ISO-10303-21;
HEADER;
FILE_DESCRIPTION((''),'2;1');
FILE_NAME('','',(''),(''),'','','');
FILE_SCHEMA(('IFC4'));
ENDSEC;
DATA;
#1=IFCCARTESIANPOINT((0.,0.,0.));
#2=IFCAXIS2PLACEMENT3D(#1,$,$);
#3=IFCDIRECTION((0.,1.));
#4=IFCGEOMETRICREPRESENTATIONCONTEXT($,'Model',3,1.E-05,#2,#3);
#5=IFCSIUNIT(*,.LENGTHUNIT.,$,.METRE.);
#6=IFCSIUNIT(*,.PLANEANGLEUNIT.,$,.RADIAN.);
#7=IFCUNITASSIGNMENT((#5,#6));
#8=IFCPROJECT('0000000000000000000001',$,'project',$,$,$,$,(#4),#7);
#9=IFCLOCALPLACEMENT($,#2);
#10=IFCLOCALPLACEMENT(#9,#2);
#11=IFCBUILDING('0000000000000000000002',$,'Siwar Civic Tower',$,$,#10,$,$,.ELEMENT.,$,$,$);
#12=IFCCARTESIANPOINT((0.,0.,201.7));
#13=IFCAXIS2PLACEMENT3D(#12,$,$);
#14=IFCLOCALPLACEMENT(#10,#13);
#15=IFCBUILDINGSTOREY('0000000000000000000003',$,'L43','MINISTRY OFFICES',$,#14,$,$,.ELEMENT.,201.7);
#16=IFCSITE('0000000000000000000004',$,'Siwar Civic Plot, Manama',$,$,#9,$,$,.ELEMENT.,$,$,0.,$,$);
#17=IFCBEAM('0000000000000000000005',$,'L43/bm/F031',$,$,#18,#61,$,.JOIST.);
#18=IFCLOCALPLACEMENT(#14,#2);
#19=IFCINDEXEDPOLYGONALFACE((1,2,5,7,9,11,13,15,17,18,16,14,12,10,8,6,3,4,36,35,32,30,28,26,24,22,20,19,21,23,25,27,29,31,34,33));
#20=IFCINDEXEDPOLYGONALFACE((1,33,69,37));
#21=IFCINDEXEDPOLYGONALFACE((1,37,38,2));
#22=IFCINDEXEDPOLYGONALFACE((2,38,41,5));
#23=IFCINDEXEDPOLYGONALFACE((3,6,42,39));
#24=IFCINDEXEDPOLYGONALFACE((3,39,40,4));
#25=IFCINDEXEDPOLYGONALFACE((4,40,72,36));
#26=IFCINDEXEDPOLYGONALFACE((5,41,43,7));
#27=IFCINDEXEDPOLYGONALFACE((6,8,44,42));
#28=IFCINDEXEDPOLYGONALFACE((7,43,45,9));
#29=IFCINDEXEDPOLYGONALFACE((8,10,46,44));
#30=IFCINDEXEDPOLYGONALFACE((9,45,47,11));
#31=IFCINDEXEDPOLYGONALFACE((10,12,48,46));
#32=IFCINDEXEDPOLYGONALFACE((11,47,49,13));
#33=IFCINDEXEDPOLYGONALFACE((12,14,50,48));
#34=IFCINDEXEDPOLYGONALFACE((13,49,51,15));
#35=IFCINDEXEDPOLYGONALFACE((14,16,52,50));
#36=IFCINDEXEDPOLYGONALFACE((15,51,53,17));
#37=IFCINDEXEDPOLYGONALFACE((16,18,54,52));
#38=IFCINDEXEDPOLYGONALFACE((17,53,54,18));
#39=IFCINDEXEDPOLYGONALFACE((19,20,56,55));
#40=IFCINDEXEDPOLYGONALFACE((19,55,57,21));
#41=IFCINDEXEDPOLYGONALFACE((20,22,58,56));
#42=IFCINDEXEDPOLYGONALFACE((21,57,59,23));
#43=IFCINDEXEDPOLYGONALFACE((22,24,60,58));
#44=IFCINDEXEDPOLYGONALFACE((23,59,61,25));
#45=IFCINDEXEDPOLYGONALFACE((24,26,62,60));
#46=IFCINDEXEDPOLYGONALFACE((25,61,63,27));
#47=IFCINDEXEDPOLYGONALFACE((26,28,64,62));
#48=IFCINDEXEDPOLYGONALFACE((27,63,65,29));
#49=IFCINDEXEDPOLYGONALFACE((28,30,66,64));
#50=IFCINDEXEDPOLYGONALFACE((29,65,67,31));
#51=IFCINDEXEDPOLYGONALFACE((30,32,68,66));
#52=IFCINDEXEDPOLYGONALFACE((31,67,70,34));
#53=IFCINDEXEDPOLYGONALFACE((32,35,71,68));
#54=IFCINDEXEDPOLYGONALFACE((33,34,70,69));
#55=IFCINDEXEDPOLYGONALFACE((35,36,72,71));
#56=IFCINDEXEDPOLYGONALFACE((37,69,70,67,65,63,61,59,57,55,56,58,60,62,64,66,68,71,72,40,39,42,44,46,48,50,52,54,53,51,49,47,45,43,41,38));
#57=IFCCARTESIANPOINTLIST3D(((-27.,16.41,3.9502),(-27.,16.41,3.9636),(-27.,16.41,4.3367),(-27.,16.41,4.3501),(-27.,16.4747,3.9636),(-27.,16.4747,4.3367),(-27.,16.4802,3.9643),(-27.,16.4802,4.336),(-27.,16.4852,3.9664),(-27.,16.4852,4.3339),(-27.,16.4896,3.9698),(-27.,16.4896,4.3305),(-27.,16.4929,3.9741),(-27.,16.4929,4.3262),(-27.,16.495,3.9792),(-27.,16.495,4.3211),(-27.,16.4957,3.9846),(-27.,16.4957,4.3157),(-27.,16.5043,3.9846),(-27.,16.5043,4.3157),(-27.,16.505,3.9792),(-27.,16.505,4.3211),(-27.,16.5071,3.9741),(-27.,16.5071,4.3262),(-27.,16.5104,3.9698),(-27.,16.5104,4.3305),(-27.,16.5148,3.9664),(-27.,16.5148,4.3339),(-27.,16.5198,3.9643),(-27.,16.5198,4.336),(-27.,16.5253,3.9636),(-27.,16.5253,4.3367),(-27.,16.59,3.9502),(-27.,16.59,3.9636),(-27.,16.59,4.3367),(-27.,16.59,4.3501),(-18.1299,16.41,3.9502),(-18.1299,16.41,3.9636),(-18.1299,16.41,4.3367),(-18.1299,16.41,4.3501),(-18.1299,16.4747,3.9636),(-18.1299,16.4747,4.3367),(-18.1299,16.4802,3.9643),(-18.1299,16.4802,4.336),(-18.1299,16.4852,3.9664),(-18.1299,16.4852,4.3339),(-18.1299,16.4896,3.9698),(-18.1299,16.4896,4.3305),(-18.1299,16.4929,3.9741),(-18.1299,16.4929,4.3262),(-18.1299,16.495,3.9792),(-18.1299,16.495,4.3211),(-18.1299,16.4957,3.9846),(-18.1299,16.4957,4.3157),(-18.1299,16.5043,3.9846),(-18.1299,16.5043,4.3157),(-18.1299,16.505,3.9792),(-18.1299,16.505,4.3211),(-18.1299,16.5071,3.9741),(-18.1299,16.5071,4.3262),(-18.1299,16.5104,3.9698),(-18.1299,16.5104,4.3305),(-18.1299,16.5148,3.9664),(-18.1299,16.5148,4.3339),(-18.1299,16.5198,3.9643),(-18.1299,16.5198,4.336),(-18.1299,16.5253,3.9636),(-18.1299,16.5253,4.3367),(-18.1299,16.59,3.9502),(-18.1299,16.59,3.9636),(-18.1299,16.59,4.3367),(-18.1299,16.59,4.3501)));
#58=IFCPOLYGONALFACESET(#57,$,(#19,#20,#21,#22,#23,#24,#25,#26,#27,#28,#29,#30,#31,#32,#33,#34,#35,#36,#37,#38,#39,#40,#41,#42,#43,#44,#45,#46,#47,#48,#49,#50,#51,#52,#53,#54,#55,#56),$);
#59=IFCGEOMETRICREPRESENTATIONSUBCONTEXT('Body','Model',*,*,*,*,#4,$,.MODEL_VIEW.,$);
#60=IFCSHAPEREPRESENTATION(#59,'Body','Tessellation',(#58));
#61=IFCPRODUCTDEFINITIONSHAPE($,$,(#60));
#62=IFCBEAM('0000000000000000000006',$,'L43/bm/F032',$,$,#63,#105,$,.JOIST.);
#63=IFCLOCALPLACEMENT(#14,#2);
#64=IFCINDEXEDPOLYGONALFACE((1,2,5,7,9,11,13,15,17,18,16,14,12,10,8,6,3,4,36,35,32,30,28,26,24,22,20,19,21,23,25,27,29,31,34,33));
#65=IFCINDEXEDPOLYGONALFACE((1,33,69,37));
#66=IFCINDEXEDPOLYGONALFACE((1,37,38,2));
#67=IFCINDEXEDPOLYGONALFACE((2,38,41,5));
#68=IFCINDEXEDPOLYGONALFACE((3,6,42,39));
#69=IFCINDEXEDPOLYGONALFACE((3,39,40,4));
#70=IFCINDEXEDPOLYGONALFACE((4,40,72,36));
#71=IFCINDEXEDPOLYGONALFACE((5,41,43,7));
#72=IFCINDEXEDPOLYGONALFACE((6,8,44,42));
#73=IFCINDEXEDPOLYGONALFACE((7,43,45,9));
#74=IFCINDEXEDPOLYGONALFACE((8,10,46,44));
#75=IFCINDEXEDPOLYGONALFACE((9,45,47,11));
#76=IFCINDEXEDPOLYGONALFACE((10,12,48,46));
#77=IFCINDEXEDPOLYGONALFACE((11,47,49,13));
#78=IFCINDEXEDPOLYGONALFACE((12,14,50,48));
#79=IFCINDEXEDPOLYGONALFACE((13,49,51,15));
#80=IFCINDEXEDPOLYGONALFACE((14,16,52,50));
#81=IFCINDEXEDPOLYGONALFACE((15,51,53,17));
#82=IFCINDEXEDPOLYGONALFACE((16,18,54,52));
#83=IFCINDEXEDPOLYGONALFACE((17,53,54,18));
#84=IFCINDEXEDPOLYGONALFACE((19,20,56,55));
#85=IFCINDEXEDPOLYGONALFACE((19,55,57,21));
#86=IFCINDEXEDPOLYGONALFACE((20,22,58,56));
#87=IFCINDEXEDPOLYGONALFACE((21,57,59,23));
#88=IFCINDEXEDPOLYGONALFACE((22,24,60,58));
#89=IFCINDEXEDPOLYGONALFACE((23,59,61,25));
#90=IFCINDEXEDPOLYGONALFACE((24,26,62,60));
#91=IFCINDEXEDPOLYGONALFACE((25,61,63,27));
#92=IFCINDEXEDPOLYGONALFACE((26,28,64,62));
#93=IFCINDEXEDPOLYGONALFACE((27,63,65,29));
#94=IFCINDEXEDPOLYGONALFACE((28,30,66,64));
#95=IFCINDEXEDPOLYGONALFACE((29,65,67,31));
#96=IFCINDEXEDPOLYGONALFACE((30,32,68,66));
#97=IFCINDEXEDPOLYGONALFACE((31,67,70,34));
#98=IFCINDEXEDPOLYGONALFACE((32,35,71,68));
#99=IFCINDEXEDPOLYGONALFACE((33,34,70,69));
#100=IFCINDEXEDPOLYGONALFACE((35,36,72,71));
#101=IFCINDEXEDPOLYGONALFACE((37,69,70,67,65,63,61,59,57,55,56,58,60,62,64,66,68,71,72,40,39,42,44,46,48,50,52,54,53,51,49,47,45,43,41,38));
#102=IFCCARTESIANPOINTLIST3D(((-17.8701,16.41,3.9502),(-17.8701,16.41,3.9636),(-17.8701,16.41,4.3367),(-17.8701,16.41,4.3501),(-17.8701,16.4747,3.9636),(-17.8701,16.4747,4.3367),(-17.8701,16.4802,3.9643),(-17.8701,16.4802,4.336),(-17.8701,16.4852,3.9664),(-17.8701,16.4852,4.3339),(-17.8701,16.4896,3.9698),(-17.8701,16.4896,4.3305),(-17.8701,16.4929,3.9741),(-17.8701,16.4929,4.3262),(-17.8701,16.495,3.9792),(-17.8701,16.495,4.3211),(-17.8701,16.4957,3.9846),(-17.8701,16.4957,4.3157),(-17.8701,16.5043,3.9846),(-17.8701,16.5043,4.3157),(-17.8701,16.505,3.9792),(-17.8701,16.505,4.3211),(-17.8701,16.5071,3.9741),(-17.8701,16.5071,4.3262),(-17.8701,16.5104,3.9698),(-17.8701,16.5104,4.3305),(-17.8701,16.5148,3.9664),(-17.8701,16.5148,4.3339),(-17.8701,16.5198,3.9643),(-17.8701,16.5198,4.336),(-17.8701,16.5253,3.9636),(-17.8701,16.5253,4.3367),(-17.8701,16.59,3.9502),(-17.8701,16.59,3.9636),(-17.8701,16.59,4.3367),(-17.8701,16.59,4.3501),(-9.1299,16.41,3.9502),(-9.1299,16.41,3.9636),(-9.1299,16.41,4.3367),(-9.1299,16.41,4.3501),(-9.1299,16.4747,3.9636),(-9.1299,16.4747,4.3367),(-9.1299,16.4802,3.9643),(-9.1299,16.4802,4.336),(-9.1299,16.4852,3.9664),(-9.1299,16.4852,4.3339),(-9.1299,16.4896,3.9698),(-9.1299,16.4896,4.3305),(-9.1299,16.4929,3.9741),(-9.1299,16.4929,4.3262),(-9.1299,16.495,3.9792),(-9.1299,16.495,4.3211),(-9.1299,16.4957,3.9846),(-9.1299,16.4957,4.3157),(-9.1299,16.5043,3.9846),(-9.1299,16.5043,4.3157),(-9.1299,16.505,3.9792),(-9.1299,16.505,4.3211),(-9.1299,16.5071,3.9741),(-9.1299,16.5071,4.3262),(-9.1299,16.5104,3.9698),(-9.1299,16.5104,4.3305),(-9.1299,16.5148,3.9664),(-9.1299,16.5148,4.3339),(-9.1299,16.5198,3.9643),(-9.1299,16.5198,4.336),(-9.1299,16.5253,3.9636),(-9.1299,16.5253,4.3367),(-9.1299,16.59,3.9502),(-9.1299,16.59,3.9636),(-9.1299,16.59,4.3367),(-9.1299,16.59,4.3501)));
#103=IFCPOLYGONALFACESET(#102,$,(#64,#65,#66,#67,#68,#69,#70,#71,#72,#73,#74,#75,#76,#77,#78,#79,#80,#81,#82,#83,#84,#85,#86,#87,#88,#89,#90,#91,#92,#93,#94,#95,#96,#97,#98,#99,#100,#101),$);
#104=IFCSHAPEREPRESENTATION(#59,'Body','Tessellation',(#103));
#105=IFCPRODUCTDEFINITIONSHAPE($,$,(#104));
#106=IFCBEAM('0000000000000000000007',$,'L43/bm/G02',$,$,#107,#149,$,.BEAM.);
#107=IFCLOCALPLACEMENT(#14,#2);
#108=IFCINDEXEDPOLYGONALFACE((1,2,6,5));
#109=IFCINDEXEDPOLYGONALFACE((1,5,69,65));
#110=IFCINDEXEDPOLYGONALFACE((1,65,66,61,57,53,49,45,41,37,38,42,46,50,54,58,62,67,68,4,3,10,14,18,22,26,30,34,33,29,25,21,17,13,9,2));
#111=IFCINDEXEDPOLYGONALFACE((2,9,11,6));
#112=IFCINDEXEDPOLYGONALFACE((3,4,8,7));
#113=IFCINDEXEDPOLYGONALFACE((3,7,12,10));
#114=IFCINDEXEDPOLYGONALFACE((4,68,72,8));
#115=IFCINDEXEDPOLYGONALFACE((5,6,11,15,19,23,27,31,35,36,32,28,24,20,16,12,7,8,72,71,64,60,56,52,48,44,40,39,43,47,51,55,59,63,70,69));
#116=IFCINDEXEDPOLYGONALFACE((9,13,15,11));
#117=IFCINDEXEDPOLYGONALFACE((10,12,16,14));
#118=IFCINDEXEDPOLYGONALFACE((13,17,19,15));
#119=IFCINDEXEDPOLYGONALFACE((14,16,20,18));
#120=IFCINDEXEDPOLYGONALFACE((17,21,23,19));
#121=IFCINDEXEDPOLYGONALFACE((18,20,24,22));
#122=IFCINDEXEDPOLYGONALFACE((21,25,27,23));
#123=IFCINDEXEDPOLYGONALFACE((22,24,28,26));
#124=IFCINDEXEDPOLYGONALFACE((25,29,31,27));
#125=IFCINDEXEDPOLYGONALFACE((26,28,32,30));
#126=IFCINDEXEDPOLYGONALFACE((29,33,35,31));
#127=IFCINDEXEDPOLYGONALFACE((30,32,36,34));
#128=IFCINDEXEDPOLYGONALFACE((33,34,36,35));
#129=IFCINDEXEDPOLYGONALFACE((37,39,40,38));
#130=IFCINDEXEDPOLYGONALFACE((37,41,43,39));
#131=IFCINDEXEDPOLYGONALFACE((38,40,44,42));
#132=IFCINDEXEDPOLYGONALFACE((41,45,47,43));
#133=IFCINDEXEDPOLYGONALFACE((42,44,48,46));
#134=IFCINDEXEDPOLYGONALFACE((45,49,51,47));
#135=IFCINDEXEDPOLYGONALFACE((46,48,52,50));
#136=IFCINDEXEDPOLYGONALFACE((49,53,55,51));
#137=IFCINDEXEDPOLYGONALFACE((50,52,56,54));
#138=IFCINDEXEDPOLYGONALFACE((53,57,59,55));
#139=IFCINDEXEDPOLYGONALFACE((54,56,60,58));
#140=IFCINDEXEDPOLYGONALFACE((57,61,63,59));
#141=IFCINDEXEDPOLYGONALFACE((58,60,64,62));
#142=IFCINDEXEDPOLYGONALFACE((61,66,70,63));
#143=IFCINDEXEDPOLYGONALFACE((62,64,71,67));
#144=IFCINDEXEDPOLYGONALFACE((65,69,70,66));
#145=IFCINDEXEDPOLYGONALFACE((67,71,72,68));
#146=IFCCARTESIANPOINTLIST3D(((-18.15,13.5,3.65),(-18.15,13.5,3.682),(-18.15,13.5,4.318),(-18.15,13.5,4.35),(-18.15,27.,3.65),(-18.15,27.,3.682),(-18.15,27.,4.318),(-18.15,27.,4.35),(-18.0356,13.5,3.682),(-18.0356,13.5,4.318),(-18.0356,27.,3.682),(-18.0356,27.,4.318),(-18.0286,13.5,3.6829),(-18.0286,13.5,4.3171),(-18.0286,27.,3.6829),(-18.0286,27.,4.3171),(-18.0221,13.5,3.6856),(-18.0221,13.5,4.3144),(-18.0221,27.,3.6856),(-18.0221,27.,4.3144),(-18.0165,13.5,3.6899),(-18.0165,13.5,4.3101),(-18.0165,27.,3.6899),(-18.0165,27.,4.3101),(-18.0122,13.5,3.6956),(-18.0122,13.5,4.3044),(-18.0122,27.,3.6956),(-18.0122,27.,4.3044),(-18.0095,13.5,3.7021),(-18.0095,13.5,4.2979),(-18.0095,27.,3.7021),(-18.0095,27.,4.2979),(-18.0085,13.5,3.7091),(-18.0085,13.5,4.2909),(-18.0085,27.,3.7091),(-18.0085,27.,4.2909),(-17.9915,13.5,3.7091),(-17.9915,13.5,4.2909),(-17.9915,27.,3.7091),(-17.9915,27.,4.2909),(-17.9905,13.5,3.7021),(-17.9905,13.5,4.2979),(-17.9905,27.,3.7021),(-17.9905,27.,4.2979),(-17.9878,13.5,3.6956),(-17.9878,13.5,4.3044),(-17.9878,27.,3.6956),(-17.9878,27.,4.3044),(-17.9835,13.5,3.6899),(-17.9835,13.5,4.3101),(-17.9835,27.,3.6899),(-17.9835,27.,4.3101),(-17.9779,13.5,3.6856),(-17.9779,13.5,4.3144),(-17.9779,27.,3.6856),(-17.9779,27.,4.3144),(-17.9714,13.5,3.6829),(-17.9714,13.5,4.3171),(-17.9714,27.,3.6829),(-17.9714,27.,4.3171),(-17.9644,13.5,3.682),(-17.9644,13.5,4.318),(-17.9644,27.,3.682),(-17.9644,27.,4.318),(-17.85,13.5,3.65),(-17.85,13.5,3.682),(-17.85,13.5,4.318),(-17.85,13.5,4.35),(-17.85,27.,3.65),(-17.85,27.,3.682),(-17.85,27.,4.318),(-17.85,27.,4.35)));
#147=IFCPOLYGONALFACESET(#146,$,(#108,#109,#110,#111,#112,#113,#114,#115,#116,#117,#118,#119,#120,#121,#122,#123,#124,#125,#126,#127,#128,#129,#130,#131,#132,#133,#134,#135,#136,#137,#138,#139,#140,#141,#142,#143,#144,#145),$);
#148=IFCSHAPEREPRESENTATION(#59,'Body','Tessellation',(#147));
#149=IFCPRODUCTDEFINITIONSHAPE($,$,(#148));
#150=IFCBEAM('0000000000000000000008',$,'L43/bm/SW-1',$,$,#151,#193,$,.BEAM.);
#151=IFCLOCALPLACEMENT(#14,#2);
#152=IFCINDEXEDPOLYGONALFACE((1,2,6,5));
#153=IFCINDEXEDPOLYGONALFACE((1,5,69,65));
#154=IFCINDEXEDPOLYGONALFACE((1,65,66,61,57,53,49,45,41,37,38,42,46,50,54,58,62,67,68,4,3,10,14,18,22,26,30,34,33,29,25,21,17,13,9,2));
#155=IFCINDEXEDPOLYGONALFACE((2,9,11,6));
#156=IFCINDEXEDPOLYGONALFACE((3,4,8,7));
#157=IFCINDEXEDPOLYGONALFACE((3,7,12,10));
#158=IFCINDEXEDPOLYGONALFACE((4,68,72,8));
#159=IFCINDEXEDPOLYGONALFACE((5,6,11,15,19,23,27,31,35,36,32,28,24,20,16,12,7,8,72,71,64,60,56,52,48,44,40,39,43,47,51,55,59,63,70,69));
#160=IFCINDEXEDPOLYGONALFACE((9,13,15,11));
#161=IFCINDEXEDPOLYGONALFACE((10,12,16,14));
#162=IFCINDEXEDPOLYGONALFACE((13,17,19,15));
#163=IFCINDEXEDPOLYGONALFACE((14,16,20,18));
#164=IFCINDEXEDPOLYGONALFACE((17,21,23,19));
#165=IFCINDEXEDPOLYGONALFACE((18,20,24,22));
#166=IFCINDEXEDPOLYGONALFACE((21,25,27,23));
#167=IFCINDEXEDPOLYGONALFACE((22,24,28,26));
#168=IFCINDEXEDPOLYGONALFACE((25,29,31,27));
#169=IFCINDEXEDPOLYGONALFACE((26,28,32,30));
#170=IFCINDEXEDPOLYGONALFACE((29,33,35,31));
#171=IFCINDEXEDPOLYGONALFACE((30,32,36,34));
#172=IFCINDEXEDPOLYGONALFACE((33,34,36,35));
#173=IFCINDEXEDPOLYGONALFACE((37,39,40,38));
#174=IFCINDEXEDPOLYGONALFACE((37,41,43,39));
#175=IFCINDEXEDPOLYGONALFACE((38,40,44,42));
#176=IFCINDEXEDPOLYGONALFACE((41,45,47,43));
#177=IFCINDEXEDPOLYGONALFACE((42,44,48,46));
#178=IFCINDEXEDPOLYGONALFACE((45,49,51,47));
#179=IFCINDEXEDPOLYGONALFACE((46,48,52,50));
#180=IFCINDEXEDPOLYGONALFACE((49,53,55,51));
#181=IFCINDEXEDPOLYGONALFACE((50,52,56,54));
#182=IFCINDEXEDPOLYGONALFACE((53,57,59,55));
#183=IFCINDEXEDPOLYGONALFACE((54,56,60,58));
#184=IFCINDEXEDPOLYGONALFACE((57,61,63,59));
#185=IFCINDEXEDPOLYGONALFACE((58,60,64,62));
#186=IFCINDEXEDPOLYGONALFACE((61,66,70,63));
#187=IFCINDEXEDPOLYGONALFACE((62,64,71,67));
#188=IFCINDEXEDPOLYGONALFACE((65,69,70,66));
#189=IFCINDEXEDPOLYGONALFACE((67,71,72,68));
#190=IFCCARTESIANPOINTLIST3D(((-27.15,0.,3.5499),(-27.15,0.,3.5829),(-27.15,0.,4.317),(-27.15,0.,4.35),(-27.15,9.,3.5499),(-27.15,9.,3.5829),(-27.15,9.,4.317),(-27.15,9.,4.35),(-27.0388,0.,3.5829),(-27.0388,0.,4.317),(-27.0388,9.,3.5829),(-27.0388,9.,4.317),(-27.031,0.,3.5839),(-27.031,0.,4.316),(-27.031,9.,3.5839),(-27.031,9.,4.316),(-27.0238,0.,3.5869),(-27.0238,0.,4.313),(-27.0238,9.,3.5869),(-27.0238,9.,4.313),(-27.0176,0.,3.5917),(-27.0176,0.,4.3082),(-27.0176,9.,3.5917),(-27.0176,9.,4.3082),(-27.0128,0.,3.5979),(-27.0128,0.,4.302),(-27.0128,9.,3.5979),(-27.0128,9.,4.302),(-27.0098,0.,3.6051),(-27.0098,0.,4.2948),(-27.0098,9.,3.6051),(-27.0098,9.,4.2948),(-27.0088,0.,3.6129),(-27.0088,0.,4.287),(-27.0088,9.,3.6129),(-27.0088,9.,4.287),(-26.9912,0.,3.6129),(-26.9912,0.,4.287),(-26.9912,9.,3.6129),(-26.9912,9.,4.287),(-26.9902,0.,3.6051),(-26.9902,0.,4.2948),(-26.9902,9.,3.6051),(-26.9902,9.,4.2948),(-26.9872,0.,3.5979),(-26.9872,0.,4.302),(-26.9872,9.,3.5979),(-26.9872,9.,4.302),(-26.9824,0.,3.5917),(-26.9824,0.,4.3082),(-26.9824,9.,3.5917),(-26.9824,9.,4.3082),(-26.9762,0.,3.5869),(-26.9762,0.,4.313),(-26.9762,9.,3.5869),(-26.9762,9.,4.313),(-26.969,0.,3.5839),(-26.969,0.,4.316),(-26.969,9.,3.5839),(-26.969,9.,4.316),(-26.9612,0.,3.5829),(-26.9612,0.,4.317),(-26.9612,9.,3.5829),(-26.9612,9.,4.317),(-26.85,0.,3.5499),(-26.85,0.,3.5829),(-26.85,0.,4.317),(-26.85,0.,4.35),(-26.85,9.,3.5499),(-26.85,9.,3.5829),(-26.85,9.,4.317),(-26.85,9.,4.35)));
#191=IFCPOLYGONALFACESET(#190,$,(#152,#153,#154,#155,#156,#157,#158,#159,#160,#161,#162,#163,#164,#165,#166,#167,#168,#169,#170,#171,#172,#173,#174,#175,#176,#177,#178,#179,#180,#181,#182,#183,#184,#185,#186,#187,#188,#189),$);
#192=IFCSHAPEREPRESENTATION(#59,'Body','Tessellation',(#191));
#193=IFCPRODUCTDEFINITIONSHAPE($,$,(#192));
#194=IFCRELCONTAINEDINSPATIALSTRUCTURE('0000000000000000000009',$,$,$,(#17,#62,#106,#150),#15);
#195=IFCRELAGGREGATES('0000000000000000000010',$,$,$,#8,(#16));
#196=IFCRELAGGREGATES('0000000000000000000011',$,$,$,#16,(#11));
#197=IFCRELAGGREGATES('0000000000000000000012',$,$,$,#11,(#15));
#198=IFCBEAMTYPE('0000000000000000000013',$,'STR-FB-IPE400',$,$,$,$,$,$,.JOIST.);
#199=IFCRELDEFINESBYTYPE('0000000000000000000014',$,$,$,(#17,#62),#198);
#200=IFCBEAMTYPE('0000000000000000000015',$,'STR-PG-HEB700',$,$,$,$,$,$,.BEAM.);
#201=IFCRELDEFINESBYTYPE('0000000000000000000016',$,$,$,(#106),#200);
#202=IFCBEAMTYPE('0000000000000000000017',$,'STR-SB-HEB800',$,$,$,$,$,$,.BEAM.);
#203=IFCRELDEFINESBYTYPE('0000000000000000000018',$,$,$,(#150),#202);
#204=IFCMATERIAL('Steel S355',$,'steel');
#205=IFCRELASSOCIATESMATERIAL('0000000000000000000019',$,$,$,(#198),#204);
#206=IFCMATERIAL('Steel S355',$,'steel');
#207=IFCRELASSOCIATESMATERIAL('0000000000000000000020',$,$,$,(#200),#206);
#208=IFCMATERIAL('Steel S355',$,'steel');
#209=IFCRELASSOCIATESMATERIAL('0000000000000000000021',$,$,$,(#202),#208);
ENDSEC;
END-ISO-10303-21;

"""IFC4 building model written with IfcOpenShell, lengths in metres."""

from ifc_helpers import new_model, si_unit, direction, frame, origin, origin_2d, place, context, subcontext, project, spatial, i_section, extrude, material, material_profile, profile_set, type_object, element, save


model = new_model("IFC4")

# Units and contexts
model_context = context("Model", 3, precision=1e-05, world=origin(), true_north=direction((0.0, 1.0)))
body_context = subcontext(model_context, "Body", "Model", "MODEL_VIEW")
ifc_project = project(units=[si_unit("LENGTHUNIT", "METRE"), si_unit("PLANEANGLEUNIT", "RADIAN")], contexts=[model_context])

# Site, building, storey
site_placement = place(None, origin())
site = spatial("IfcSite", under=ifc_project, at=site_placement, Name="Siwar Civic Plot, Manama", CompositionType="ELEMENT", RefElevation=0.0)
building_placement = place(site_placement, origin())
building = spatial("IfcBuilding", under=site, at=building_placement, Name="Siwar Civic Tower", CompositionType="ELEMENT")
storey_placement = place(building_placement, frame((0.0, 0.0, 201.7)))
storey = spatial("IfcBuildingStorey", under=building, at=storey_placement, Name="L43", Description="MINISTRY OFFICES", CompositionType="ELEMENT", Elevation=201.7)

# Beams
ifc_material_1 = material(Name="Steel S355", Category="steel")
ifc_material_profile_1 = material_profile(ifc_material_1, i_section(OverallWidth=0.1799, OverallDepth=0.3999, WebThickness=0.0085, FlangeThickness=0.0134, FilletRadius=0.021, at=origin_2d()), Name="IPE400")
ifc_profile_set_1 = profile_set([ifc_material_profile_1], Name="Steel S355")
beam_type_1 = type_object("IfcBeamType", Name="STR-FB-IPE400", PredefinedType="JOIST", material=ifc_profile_set_1)
beam_1_placement = place(storey_placement, frame((-27.0, 16.5, 4.1501), z_axis=(1.0, 0.0, 0.0), x_axis=(0.0, 1.0, 0.0)))
element("IfcBeam", 1, at=beam_1_placement, inside=storey, type_object=beam_type_1, Name="L43/bm/F031", PredefinedType="JOIST", context=body_context, shape_type="SweptSolid", body=[
    extrude(i_section(OverallWidth=0.1799, OverallDepth=0.3999, WebThickness=0.0085, FlangeThickness=0.0134, FilletRadius=0.021, at=origin_2d()), origin(), (0.0, 0.0, 1.0), 8.8701),
])
beam_2_placement = place(storey_placement, frame((-17.8701, 16.5, 4.1501), z_axis=(1.0, 0.0, 0.0), x_axis=(0.0, 1.0, 0.0)))
element("IfcBeam", 2, at=beam_2_placement, inside=storey, type_object=beam_type_1, Name="L43/bm/F032", PredefinedType="JOIST", context=body_context, shape_type="SweptSolid", body=[
    extrude(i_section(OverallWidth=0.1799, OverallDepth=0.3999, WebThickness=0.0085, FlangeThickness=0.0134, FilletRadius=0.021, at=origin_2d()), origin(), (0.0, 0.0, 1.0), 8.7402),
])
ifc_material_2 = material(Name="Steel S355", Category="steel")
ifc_material_profile_2 = material_profile(ifc_material_2, i_section(OverallWidth=0.3, OverallDepth=0.7, WebThickness=0.0171, FlangeThickness=0.032, FilletRadius=0.0271, at=origin_2d()), Name="HEB700")
ifc_profile_set_2 = profile_set([ifc_material_profile_2], Name="Steel S355")
beam_type_2 = type_object("IfcBeamType", Name="STR-PG-HEB700", PredefinedType="BEAM", material=ifc_profile_set_2)
beam_3_placement = place(storey_placement, frame((-18.0, 13.5, 4.0), z_axis=(0.0, 1.0, 0.0), x_axis=(-1.0, 0.0, 0.0)))
element("IfcBeam", 3, at=beam_3_placement, inside=storey, type_object=beam_type_2, Name="L43/bm/G02", PredefinedType="BEAM", context=body_context, shape_type="SweptSolid", body=[
    extrude(i_section(OverallWidth=0.3, OverallDepth=0.7, WebThickness=0.0171, FlangeThickness=0.032, FilletRadius=0.0271, at=origin_2d()), origin(), (0.0, 0.0, 1.0), 13.5),
])
ifc_material_3 = material(Name="Steel S355", Category="steel")
ifc_material_profile_3 = material_profile(ifc_material_3, i_section(OverallWidth=0.3, OverallDepth=0.8, WebThickness=0.0176, FlangeThickness=0.033, FilletRadius=0.03, at=origin_2d()), Name="HEB800")
ifc_profile_set_3 = profile_set([ifc_material_profile_3], Name="Steel S355")
beam_type_3 = type_object("IfcBeamType", Name="STR-SB-HEB800", PredefinedType="BEAM", material=ifc_profile_set_3)
beam_4_placement = place(storey_placement, frame((-27.0, 9.0, 3.95), z_axis=(0.0, -1.0, 0.0), x_axis=(1.0, 0.0, 0.0)))
element("IfcBeam", 4, at=beam_4_placement, inside=storey, type_object=beam_type_3, Name="L43/bm/SW-1", PredefinedType="BEAM", context=body_context, shape_type="SweptSolid", body=[
    extrude(i_section(OverallWidth=0.3, OverallDepth=0.8, WebThickness=0.0176, FlangeThickness=0.033, FilletRadius=0.03, at=origin_2d()), origin(), (0.0, 0.0, 1.0), 9.0),
])

save(model, "model.ifc")
